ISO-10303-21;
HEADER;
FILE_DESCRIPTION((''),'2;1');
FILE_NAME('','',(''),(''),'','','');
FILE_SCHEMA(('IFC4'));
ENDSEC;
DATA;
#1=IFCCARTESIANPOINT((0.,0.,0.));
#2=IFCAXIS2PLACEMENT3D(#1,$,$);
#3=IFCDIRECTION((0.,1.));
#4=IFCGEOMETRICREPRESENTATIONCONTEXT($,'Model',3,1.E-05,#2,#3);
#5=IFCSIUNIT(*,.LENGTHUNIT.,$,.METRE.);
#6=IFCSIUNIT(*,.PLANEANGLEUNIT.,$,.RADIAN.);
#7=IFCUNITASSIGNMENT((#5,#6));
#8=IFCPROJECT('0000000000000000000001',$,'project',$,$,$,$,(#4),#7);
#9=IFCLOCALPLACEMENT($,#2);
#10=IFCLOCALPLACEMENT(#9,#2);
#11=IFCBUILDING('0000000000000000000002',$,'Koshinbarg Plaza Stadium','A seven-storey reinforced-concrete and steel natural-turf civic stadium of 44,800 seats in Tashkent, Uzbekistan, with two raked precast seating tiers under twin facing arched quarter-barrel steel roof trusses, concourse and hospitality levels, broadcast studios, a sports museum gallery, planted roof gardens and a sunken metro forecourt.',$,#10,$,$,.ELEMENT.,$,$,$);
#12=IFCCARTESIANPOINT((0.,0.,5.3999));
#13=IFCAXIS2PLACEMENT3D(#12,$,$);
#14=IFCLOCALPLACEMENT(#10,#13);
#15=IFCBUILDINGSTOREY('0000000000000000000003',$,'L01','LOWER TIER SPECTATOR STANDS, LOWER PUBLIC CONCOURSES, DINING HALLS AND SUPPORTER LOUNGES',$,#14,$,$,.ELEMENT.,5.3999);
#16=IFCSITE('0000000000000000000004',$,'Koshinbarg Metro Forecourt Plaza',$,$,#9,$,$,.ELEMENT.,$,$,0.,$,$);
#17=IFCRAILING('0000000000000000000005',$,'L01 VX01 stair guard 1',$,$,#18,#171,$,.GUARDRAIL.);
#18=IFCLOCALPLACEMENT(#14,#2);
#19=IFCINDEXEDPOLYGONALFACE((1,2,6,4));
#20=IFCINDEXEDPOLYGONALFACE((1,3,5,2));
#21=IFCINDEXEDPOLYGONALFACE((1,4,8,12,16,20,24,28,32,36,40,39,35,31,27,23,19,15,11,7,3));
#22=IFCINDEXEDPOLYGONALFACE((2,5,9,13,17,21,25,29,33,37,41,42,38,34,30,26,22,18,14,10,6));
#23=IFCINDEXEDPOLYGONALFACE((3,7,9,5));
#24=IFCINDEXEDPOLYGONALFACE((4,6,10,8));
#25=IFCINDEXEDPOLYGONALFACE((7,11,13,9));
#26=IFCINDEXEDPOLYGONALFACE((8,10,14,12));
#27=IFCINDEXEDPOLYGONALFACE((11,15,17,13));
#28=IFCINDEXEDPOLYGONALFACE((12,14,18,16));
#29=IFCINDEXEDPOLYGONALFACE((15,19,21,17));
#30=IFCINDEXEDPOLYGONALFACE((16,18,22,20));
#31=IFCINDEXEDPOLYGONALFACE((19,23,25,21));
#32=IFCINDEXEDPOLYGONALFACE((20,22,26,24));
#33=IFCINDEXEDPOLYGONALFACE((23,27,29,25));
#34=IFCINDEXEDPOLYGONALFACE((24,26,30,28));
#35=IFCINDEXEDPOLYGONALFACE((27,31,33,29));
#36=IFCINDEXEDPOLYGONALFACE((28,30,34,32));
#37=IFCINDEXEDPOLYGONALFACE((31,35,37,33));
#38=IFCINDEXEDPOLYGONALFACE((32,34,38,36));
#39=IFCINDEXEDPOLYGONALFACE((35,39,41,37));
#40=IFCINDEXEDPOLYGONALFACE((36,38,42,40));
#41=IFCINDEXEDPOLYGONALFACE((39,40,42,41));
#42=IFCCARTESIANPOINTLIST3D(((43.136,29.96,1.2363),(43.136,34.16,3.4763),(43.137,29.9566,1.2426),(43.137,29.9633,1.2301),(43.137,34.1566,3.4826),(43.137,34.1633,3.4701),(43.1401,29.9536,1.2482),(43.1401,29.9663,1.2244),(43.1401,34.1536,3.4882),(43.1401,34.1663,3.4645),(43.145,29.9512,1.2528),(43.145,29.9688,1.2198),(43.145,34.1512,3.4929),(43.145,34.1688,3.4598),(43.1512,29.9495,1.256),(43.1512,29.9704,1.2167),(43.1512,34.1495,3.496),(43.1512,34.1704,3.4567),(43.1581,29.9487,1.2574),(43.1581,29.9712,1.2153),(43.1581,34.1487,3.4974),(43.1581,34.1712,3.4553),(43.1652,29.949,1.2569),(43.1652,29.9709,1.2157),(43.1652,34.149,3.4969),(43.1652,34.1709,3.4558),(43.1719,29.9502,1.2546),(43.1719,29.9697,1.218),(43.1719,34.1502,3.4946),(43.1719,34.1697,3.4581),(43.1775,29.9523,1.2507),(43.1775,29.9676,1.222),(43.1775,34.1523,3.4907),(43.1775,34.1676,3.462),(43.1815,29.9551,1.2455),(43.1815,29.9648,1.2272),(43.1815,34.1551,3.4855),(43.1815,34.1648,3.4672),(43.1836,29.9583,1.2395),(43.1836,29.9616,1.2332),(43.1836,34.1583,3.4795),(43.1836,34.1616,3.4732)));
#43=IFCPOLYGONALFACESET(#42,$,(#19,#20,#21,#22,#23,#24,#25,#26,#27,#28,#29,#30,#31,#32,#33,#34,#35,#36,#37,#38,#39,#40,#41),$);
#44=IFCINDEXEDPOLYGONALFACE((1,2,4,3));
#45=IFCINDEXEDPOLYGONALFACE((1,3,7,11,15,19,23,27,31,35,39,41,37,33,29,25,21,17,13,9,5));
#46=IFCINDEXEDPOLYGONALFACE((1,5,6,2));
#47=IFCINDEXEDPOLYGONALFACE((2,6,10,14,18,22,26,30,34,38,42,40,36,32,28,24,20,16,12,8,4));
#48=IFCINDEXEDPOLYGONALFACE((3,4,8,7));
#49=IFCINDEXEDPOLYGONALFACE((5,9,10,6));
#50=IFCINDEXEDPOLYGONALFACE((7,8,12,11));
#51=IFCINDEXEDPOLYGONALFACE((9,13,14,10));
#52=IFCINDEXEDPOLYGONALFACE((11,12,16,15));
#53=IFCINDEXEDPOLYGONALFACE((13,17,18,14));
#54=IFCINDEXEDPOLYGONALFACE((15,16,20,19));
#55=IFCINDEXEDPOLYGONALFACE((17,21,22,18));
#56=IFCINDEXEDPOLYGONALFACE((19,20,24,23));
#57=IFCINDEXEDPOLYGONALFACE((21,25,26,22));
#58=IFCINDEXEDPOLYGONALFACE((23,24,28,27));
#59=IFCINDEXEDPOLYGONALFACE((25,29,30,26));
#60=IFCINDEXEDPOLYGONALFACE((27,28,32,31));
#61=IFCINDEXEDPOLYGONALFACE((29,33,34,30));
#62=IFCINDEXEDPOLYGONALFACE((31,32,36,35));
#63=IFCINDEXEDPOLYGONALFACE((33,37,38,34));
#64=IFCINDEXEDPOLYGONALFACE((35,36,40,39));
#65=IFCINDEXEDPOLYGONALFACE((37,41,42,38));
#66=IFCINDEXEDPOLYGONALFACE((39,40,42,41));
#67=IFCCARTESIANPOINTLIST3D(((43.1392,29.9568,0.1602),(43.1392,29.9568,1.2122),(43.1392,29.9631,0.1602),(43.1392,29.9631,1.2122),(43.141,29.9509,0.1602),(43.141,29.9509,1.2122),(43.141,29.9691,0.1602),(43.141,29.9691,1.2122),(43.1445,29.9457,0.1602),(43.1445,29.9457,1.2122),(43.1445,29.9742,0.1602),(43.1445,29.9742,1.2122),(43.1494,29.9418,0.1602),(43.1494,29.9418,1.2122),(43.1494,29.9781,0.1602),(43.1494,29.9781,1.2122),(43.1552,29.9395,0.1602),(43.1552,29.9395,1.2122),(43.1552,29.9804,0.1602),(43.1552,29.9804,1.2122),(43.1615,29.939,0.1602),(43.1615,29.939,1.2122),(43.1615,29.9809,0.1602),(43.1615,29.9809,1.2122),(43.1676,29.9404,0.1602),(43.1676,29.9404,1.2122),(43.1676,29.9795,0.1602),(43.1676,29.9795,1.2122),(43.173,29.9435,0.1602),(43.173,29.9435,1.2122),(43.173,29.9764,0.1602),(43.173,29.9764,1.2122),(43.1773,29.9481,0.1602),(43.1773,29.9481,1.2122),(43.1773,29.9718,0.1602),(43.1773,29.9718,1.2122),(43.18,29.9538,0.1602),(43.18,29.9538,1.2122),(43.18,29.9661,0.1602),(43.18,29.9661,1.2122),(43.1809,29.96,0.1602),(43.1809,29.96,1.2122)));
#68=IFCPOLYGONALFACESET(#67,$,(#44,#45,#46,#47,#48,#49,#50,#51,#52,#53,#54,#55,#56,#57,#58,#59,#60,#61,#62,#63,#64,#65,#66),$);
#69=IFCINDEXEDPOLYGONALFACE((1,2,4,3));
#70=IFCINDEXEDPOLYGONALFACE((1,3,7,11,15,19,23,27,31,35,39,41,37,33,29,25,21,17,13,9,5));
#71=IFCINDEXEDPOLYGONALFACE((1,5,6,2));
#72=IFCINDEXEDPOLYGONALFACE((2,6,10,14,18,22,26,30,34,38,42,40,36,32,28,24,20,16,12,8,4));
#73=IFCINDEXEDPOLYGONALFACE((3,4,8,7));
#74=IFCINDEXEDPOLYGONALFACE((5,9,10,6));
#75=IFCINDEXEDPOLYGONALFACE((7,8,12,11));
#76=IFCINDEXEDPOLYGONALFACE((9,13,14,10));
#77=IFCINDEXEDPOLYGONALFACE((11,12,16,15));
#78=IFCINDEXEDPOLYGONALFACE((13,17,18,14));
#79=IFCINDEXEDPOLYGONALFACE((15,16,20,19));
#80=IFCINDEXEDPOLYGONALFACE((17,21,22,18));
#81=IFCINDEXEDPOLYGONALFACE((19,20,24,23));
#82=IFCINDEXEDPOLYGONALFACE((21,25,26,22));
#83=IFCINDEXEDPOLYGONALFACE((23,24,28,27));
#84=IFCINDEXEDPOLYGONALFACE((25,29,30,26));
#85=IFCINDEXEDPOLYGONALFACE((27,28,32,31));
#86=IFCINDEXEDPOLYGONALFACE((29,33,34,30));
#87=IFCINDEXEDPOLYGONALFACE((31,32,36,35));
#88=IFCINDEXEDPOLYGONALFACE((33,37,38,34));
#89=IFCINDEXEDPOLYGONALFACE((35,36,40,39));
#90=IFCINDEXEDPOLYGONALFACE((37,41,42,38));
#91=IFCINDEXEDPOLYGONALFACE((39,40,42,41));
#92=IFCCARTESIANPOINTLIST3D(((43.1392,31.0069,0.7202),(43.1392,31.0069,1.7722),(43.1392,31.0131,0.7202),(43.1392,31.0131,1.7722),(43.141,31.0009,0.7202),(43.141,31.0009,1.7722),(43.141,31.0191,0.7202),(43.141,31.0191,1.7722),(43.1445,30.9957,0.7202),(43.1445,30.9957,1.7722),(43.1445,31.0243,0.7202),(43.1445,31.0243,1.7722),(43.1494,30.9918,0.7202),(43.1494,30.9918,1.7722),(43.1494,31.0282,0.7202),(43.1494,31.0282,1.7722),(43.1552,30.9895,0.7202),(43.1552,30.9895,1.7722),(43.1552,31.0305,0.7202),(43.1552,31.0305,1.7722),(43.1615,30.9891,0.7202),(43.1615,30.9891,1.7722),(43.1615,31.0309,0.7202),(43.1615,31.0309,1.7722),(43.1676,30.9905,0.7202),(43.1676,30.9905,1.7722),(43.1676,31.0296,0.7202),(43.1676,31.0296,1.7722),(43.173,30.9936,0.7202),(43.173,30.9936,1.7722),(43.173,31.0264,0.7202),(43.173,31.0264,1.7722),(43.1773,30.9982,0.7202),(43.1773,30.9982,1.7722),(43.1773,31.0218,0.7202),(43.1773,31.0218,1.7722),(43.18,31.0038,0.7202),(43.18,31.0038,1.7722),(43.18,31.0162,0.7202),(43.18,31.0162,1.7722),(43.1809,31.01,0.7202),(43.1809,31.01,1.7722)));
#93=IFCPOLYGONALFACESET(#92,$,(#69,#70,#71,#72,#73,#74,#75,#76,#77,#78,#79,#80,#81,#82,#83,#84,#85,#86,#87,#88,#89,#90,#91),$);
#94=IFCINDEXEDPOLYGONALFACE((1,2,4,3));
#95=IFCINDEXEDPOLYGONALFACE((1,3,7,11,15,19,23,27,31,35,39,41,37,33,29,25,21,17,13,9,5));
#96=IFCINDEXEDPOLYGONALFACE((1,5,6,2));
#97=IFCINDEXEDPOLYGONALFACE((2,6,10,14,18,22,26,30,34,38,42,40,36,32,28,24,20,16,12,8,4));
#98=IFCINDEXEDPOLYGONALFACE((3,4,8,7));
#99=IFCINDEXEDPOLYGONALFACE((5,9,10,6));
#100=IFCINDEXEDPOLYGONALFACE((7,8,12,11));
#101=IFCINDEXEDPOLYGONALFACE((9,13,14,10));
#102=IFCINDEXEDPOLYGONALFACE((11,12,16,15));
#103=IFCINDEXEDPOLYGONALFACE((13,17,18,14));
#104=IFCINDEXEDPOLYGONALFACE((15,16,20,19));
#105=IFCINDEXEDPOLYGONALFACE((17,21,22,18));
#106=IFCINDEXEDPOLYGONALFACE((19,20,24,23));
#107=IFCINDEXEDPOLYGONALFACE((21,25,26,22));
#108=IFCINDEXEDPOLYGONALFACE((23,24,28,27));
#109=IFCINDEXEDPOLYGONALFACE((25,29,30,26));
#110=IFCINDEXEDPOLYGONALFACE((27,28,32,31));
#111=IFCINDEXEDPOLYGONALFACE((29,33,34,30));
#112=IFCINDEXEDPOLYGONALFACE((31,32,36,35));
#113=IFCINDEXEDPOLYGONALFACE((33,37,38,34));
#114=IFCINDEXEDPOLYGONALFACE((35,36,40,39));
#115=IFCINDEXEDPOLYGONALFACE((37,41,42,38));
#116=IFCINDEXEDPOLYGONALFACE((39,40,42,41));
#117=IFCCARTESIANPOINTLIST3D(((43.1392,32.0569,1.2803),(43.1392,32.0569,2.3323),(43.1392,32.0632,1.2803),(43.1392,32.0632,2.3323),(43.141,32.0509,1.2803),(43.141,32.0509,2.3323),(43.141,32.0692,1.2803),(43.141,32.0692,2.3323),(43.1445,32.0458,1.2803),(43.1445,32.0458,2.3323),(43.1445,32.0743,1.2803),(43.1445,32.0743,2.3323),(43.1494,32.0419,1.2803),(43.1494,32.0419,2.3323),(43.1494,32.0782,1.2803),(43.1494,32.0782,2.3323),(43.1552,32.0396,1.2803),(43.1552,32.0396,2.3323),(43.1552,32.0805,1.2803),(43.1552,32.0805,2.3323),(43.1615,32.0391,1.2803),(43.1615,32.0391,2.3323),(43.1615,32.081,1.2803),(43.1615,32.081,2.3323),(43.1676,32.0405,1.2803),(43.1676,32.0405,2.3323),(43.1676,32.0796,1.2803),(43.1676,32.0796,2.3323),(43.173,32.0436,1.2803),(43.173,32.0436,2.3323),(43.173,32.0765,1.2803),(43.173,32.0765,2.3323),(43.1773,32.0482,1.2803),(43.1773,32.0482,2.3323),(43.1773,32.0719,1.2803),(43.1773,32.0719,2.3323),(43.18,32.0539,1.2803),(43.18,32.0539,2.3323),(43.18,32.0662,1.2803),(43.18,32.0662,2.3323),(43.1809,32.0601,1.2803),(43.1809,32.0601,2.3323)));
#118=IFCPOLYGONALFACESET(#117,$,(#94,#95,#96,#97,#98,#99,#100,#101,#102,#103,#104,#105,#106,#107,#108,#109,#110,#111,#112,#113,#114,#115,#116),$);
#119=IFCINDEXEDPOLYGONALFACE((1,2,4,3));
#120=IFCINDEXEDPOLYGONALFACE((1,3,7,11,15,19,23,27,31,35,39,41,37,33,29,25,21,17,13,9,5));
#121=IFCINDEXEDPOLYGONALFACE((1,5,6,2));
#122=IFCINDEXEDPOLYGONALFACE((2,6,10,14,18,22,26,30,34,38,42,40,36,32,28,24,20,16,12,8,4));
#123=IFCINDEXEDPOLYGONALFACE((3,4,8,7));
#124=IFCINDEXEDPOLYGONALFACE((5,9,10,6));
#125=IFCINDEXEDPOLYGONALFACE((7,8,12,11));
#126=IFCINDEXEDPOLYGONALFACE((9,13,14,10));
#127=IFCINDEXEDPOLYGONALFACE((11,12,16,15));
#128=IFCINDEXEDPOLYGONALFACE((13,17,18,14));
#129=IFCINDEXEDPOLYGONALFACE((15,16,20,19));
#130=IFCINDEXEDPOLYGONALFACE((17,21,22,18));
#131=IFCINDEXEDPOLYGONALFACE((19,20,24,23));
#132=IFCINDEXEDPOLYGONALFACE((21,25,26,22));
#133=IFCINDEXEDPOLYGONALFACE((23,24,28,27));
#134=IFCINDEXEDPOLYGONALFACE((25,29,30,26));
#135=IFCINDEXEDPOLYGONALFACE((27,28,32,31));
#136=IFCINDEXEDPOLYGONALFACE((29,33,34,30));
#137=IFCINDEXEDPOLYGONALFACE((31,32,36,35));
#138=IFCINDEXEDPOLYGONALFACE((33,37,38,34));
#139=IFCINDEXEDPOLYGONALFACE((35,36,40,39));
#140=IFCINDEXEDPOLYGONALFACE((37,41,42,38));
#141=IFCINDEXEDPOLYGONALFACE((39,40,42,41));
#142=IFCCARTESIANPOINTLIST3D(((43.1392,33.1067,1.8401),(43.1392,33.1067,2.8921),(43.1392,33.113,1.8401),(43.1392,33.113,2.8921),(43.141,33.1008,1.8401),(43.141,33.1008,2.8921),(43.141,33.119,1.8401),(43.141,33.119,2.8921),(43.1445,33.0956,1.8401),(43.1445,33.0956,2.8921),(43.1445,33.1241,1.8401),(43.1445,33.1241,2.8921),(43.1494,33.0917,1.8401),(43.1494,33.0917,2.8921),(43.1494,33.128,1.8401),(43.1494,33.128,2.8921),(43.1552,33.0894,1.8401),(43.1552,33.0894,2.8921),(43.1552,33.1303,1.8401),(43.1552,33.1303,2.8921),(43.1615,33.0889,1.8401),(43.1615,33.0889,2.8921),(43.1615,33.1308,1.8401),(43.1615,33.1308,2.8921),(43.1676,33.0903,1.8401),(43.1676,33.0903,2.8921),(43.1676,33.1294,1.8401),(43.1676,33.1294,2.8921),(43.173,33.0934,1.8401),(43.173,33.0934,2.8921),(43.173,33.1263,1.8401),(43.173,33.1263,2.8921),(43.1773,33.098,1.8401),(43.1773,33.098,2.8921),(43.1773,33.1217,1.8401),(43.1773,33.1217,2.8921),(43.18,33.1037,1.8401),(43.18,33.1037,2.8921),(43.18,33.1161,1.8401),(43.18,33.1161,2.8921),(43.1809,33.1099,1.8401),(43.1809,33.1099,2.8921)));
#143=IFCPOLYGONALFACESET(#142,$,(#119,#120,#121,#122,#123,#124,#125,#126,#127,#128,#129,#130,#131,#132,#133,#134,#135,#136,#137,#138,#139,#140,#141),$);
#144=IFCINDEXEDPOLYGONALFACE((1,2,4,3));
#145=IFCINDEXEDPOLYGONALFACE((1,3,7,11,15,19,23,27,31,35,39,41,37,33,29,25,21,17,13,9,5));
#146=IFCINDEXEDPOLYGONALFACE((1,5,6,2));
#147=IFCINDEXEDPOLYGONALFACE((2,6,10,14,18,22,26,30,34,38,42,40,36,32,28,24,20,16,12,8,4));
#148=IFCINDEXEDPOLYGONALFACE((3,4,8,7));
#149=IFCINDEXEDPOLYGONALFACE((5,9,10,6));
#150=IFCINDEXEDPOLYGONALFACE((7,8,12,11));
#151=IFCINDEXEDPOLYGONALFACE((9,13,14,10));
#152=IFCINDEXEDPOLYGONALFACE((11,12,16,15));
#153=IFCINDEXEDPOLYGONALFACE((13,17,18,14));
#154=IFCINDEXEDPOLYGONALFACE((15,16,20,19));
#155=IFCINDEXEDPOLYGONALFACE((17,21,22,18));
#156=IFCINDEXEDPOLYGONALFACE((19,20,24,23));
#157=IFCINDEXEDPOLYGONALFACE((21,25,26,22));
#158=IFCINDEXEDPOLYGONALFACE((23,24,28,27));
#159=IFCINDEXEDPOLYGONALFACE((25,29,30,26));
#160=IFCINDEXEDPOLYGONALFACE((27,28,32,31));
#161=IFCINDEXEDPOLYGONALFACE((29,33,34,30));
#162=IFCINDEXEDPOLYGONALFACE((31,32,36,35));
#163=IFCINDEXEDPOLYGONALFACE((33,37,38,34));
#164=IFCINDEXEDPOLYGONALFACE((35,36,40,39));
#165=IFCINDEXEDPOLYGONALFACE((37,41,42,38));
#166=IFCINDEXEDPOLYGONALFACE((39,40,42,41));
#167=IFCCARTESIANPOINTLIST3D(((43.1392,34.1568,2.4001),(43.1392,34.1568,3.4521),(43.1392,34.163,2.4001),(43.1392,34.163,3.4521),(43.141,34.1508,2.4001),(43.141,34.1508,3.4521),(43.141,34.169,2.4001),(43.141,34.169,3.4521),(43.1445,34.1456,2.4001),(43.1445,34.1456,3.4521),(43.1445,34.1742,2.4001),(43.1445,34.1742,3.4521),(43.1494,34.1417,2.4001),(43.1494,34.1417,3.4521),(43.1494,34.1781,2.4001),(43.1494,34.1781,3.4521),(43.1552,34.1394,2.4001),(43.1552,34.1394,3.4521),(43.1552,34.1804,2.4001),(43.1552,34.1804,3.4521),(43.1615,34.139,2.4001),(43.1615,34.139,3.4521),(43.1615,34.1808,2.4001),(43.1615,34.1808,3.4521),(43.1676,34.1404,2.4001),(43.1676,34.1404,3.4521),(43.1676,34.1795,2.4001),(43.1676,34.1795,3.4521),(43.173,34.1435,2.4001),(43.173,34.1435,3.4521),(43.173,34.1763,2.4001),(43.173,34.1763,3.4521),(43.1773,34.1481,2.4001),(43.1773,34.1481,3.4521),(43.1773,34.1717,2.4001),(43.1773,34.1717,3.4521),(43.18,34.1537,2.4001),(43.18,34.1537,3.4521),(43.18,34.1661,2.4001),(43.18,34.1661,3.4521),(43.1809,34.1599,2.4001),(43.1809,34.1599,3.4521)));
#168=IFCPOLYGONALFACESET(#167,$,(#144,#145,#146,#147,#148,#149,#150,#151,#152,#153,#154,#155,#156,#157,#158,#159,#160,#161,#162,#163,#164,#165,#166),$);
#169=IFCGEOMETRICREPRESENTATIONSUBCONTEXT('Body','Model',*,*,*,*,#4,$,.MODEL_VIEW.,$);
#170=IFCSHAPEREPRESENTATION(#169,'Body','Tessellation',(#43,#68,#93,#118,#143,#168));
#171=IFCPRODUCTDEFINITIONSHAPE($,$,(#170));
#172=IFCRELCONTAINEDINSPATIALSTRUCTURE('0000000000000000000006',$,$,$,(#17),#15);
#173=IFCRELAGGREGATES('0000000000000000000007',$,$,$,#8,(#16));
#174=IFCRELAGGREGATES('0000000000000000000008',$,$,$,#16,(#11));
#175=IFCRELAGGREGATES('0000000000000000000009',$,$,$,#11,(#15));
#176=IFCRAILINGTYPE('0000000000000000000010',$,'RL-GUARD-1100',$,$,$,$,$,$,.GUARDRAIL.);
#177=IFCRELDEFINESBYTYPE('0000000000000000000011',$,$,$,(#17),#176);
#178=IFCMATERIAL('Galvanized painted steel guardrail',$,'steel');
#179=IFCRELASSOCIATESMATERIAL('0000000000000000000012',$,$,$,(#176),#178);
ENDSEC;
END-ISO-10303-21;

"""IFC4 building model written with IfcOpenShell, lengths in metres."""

from ifc_helpers import new_model, si_unit, direction, frame, origin, origin_2d, place, context, subcontext, project, spatial, circle, extrude, material, type_object, element, save


model = new_model("IFC4")

# Units and contexts
model_context = context("Model", 3, precision=1e-05, world=origin(), true_north=direction((0.0, 1.0)))
body_context = subcontext(model_context, "Body", "Model", "MODEL_VIEW")
ifc_project = project(units=[si_unit("LENGTHUNIT", "METRE"), si_unit("PLANEANGLEUNIT", "RADIAN")], contexts=[model_context])

# Site, building, storey
site_placement = place(None, origin())
site = spatial("IfcSite", under=ifc_project, at=site_placement, Name="Koshinbarg Metro Forecourt Plaza", CompositionType="ELEMENT", RefElevation=0.0)
building_placement = place(site_placement, origin())
building = spatial("IfcBuilding", under=site, at=building_placement, Name="Koshinbarg Plaza Stadium", Description="A seven-storey reinforced-concrete and steel natural-turf civic stadium of 44,800 seats in Tashkent, Uzbekistan, with two raked precast seating tiers under twin facing arched quarter-barrel steel roof trusses, concourse and hospitality levels, broadcast studios, a sports museum gallery, planted roof gardens and a sunken metro forecourt.", CompositionType="ELEMENT")
storey_placement = place(building_placement, frame((0.0, 0.0, 5.3999)))
storey = spatial("IfcBuildingStorey", under=building, at=storey_placement, Name="L01", Description="LOWER TIER SPECTATOR STANDS, LOWER PUBLIC CONCOURSES, DINING HALLS AND SUPPORTER LOUNGES", CompositionType="ELEMENT", Elevation=5.3999)

# Railing
ifc_material_1 = material(Name="Galvanized painted steel guardrail", Category="steel")
railing_type_1 = type_object("IfcRailingType", Name="RL-GUARD-1100", PredefinedType="GUARDRAIL", material=ifc_material_1)
railing_1_placement = place(storey_placement, frame((43.1599, 29.96, 0.1602)))
element("IfcRailing", 1, at=railing_1_placement, inside=storey, type_object=railing_type_1, Name="L01 VX01 stair guard 1", PredefinedType="GUARDRAIL", context=body_context, shape_type="SweptSolid", body=[
    extrude(circle(Radius=0.0239, at=origin_2d()), frame((0.0, 0.0, 1.0762), z_axis=(0.0, 0.882352, 0.470591), x_axis=(-1.0, 0.0, 0.0)), (0.0, 0.0, 1.0), 4.76),
    extrude(circle(Radius=0.021, at=origin_2d()), origin(), (0.0, 0.0, 1.0), 1.052),
    extrude(circle(Radius=0.021, at=origin_2d()), frame((0.0, 1.05, 0.5601)), (0.0, 0.0, 1.0), 1.052),
    extrude(circle(Radius=0.021, at=origin_2d()), frame((0.0, 2.1001, 1.1201)), (0.0, 0.0, 1.0), 1.052),
    extrude(circle(Radius=0.021, at=origin_2d()), frame((0.0, 3.1499, 1.6799)), (0.0, 0.0, 1.0), 1.052),
    extrude(circle(Radius=0.021, at=origin_2d()), frame((0.0, 4.2, 2.24)), (0.0, 0.0, 1.0), 1.052),
])

save(model, "model.ifc")
